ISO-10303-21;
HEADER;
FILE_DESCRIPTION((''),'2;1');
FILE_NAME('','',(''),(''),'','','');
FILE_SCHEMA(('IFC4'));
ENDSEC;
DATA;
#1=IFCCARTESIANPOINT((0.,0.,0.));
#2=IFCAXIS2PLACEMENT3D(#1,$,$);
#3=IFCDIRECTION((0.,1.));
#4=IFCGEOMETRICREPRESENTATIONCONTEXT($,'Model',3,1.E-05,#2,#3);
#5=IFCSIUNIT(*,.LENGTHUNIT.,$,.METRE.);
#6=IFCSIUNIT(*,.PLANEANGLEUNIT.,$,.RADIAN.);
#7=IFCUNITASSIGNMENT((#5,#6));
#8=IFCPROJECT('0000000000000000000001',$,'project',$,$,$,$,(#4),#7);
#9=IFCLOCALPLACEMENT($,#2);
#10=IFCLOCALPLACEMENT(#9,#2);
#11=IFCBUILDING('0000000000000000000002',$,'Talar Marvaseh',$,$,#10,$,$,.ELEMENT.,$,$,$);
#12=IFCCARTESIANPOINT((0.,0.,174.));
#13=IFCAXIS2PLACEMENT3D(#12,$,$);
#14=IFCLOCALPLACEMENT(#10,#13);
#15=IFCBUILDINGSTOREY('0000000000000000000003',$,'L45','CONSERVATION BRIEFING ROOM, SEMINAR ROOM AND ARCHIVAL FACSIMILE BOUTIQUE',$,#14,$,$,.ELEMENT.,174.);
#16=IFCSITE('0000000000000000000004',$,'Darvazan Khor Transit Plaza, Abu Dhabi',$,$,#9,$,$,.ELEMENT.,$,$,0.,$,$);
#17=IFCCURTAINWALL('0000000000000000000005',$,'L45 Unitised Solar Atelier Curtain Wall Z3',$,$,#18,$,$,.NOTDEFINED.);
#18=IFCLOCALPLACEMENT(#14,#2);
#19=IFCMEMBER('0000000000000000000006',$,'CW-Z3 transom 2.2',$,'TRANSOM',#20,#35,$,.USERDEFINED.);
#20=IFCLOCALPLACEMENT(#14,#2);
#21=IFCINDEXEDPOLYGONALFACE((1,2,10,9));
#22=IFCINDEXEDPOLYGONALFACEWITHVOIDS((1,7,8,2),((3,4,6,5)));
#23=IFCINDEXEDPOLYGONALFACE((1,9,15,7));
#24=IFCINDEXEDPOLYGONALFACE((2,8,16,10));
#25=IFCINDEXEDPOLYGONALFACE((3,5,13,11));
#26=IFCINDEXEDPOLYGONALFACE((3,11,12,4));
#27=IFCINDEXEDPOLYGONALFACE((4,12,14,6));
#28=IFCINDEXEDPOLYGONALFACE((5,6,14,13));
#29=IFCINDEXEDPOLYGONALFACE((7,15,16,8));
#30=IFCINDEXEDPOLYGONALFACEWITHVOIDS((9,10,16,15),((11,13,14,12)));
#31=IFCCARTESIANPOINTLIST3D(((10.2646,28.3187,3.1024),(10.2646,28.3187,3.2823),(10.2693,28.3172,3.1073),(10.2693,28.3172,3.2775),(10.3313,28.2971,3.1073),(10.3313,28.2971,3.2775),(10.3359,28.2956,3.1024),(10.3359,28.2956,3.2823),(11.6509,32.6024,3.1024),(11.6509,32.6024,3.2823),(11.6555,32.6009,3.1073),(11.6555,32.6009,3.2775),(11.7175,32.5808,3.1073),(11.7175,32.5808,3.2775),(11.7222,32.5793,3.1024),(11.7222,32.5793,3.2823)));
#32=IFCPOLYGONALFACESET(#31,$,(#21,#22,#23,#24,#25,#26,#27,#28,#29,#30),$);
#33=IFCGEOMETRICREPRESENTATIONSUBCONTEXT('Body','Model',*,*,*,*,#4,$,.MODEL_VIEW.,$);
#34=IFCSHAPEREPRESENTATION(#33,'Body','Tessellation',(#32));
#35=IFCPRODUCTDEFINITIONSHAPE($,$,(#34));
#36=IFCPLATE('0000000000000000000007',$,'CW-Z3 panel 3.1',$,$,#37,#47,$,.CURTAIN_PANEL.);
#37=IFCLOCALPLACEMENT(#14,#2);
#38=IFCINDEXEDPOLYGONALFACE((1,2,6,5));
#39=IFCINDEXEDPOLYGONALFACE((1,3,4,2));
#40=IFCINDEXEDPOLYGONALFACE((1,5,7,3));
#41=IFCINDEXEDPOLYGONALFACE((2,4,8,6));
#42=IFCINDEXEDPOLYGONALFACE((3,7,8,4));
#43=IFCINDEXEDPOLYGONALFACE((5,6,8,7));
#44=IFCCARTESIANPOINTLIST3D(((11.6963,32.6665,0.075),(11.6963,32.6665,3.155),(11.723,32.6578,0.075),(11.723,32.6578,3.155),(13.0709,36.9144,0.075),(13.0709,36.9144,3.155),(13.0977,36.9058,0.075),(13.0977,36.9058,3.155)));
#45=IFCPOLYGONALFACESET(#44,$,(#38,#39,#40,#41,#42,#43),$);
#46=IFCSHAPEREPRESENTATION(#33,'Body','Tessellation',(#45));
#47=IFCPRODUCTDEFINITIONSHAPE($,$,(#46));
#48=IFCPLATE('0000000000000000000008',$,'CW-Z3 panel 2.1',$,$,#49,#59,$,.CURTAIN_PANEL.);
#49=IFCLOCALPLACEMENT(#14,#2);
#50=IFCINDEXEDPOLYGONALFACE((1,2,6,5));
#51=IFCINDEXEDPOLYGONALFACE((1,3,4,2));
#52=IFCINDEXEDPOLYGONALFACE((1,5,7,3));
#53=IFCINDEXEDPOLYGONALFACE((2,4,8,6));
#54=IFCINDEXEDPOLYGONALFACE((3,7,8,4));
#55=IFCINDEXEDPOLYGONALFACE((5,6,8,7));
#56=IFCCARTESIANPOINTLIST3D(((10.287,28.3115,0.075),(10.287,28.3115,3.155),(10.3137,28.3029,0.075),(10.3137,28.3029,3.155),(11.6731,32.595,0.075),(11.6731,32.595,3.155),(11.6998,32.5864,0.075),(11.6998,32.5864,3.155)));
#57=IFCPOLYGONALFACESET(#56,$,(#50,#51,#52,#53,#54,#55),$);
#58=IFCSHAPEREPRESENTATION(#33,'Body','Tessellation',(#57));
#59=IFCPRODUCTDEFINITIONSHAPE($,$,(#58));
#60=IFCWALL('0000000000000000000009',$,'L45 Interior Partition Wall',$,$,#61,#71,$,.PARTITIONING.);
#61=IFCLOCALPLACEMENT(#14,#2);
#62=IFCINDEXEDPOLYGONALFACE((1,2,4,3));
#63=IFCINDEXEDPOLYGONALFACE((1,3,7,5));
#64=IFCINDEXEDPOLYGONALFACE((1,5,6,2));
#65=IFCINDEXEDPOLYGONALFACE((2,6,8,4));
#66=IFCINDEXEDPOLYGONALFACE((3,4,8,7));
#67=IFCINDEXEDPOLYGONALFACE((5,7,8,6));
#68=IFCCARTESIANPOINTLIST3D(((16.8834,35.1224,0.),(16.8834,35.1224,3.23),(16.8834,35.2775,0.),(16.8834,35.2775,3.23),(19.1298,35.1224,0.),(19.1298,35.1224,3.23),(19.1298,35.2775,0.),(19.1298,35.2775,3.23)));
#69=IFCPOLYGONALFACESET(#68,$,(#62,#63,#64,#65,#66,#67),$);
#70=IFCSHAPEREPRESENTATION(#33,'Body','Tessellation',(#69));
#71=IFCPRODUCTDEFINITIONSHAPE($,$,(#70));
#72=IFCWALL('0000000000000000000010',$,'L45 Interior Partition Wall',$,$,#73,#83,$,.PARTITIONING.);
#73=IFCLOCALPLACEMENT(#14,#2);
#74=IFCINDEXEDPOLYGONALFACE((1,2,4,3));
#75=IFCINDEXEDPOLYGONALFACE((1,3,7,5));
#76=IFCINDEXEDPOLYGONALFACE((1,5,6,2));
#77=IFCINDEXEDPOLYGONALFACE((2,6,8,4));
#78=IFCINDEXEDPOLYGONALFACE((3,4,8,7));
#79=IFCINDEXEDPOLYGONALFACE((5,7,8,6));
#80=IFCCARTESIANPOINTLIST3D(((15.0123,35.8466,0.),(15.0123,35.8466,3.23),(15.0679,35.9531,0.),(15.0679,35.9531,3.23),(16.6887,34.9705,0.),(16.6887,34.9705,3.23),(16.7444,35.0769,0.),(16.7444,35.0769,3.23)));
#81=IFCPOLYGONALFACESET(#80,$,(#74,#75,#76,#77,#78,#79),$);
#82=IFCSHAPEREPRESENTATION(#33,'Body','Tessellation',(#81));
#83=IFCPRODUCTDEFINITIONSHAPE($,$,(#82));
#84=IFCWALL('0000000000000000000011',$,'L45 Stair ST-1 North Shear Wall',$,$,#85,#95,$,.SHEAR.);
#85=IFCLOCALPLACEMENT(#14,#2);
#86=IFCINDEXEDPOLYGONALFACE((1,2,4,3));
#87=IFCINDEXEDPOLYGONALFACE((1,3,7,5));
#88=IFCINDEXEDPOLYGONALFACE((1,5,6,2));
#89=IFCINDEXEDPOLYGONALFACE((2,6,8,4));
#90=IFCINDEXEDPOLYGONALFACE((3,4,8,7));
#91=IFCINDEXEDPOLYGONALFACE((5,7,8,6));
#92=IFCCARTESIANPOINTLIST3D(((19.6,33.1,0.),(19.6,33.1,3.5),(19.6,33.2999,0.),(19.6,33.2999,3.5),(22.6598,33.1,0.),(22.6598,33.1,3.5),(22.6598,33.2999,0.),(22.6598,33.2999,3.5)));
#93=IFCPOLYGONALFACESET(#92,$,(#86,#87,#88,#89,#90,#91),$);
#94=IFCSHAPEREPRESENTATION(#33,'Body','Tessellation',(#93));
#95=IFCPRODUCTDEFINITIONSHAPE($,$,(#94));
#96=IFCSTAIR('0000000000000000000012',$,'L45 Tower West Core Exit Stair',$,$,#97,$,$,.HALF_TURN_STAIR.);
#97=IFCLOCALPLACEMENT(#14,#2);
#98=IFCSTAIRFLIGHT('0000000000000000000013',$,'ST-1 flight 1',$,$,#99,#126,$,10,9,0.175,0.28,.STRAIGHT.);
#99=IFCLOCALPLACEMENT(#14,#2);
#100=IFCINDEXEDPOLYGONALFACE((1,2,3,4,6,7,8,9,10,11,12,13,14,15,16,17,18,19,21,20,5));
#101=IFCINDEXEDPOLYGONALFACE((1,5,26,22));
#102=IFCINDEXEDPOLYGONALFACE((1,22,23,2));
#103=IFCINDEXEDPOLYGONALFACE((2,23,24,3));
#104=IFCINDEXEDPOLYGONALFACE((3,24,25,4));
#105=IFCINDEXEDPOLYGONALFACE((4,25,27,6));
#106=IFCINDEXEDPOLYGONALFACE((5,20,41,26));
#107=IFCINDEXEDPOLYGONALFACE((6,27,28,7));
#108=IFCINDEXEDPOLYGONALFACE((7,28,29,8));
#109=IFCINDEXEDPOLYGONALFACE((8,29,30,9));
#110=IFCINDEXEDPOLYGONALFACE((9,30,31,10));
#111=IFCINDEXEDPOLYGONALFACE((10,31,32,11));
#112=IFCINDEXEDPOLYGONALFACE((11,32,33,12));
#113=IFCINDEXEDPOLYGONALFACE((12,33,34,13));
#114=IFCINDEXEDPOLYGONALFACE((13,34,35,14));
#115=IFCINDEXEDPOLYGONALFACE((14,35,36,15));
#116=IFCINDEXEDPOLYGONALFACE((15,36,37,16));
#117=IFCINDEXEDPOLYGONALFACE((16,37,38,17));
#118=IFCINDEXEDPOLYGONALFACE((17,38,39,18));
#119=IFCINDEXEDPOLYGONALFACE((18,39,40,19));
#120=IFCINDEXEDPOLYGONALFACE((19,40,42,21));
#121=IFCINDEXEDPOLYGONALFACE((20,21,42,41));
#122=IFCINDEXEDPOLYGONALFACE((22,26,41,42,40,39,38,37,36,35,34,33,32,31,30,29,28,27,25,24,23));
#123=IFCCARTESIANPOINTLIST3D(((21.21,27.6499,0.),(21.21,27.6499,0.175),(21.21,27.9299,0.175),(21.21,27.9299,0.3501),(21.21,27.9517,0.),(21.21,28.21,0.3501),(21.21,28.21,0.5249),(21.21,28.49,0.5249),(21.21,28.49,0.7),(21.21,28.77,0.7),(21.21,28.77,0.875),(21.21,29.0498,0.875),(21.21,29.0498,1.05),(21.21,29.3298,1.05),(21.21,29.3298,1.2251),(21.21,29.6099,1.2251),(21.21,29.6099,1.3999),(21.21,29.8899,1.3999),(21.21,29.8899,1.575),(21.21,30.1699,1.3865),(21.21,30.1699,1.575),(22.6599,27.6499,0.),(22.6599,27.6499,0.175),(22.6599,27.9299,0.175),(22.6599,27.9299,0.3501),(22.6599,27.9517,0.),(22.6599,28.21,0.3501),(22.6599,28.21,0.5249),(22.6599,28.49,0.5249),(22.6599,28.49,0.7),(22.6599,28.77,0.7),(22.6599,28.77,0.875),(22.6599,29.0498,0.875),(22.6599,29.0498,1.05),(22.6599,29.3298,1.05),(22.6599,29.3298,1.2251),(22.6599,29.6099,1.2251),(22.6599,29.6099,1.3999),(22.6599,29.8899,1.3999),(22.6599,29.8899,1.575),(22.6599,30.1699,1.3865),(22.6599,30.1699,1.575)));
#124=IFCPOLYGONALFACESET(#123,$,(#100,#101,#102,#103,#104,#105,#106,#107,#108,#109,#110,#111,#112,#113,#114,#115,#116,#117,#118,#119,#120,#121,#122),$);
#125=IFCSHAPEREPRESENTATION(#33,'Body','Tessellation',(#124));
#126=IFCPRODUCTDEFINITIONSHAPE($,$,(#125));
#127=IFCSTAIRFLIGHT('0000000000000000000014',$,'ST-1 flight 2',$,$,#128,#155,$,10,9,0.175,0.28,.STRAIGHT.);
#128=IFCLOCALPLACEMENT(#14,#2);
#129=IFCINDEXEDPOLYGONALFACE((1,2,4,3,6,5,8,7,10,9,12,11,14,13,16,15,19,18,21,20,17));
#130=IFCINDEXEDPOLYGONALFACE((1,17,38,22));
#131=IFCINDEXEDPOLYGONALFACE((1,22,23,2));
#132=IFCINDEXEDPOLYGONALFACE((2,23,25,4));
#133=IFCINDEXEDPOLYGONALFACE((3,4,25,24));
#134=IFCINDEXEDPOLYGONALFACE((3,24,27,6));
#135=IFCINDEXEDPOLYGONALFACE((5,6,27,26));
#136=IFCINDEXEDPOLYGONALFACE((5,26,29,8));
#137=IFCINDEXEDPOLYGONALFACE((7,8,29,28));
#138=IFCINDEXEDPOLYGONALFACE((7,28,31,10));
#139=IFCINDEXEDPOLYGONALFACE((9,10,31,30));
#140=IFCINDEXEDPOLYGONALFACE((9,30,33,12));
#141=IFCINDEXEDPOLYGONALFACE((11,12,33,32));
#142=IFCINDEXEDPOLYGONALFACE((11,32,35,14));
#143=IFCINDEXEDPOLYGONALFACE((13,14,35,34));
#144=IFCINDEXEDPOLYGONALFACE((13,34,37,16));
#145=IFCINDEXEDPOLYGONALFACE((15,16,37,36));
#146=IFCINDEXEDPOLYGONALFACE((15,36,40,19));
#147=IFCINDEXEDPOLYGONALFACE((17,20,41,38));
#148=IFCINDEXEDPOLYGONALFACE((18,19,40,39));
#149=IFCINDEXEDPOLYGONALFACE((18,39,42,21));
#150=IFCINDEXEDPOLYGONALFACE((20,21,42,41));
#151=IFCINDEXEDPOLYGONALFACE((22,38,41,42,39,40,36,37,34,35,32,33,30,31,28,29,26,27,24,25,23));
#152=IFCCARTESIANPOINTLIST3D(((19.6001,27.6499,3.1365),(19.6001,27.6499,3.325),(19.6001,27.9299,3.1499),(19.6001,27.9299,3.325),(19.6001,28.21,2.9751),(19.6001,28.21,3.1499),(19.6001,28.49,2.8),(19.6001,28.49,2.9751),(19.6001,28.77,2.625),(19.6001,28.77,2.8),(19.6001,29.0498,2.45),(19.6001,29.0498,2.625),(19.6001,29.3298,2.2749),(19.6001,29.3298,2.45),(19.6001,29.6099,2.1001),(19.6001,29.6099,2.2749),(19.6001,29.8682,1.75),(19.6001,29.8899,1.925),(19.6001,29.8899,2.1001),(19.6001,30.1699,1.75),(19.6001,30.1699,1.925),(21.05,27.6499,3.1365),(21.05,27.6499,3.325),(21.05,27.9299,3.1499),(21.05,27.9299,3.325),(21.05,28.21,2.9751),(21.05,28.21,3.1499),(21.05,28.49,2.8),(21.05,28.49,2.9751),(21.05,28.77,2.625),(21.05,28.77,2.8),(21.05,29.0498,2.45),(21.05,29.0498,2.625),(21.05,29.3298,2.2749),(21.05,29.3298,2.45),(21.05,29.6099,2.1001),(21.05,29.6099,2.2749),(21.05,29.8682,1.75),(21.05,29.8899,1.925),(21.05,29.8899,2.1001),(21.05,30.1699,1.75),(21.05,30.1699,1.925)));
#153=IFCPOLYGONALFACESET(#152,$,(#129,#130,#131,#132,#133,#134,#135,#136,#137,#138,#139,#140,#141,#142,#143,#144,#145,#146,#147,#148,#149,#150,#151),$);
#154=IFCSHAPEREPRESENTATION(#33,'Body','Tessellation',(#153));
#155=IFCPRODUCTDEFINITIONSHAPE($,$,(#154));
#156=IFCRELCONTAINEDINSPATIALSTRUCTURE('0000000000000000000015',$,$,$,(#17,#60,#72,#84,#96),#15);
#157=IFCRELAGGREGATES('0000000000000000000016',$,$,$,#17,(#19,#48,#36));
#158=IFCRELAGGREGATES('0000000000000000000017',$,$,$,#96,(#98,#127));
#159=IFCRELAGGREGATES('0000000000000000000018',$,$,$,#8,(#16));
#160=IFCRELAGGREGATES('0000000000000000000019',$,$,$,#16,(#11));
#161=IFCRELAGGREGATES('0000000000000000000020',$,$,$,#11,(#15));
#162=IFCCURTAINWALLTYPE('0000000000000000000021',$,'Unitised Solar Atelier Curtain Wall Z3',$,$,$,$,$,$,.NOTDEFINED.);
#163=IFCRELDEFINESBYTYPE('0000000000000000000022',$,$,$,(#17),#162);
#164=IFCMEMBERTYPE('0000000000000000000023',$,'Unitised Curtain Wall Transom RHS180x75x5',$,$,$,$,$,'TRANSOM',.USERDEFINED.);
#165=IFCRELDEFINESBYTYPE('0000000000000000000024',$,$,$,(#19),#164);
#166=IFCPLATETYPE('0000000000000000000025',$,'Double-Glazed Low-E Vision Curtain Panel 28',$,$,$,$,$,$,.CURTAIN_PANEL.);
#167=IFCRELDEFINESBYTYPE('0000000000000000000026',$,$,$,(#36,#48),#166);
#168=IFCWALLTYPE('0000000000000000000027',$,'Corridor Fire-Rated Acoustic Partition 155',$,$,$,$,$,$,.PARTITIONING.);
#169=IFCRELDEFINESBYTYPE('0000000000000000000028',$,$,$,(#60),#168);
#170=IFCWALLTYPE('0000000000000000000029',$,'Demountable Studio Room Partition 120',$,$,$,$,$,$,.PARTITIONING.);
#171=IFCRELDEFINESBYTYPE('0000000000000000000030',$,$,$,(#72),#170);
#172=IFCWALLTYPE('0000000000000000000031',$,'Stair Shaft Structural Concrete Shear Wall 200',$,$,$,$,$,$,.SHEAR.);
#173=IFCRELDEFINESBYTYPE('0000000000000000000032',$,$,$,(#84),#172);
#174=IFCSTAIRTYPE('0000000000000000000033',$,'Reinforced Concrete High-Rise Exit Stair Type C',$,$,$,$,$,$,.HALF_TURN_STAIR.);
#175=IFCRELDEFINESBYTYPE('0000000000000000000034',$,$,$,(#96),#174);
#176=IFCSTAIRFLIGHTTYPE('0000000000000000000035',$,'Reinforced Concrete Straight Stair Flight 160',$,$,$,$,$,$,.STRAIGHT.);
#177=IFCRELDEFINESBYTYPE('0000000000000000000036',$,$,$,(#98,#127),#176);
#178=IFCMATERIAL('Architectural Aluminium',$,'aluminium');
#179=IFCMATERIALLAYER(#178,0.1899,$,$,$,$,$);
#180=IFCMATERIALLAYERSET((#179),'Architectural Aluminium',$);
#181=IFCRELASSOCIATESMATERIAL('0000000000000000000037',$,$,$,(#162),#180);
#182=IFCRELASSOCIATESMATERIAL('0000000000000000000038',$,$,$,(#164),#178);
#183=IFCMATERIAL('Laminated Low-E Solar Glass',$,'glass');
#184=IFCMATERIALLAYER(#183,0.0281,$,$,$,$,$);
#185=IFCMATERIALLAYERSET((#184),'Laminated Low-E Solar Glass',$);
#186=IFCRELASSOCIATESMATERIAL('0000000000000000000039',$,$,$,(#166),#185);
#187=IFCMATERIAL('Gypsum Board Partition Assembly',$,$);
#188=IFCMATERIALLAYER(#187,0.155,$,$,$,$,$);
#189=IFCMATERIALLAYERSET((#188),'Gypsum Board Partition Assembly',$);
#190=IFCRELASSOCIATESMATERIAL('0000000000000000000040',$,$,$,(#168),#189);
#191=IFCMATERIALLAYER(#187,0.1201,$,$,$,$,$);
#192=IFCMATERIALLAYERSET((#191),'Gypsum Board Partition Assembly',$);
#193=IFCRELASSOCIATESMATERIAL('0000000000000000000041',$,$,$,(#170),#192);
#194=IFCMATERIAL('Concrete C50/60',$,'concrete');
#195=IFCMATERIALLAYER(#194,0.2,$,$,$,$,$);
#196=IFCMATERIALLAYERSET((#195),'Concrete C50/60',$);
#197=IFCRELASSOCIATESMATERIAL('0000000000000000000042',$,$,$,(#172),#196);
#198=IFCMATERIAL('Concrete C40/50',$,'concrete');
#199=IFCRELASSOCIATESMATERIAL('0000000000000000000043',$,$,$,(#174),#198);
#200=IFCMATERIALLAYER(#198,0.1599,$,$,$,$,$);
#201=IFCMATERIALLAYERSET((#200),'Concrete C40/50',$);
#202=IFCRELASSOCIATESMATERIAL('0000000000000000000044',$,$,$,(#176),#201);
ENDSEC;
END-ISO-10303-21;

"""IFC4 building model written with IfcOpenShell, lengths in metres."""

from ifc_helpers import new_model, si_unit, direction, frame, frame_2d, origin, origin_2d, place, context, subcontext, project, spatial, polyline, rectangle, hollow_rectangle, outline, extrude, source, transform, mapped, material, layer, layer_set, material_profile, profile_set, type_object, type_shapes, element, aggregate, save


model = new_model("IFC4")

# Units and contexts
model_context = context("Model", 3, precision=1e-05, world=origin(), true_north=direction((0.0, 1.0)))
body_context = subcontext(model_context, "Body", "Model", "MODEL_VIEW")
ifc_project = project(units=[si_unit("LENGTHUNIT", "METRE"), si_unit("PLANEANGLEUNIT", "RADIAN")], contexts=[model_context])

# Site, building, storey
site_placement = place(None, origin())
site = spatial("IfcSite", under=ifc_project, at=site_placement, Name="Darvazan Khor Transit Plaza, Abu Dhabi", CompositionType="ELEMENT", RefElevation=0.0)
building_placement = place(site_placement, origin())
building = spatial("IfcBuilding", under=site, at=building_placement, Name="Talar Marvaseh", CompositionType="ELEMENT")
storey_placement = place(building_placement, frame((0.0, 0.0, 174.0)))
storey = spatial("IfcBuildingStorey", under=building, at=storey_placement, Name="L45", Description="CONSERVATION BRIEFING ROOM, SEMINAR ROOM AND ARCHIVAL FACSIMILE BOUTIQUE", CompositionType="ELEMENT", Elevation=174.0)

# Curtain wall, member, plates
ifc_material_1 = material(Name="Architectural Aluminium", Category="aluminium")
ifc_layer_1 = layer(ifc_material_1, 0.1899)
ifc_layer_set_1 = layer_set([ifc_layer_1], Name="Architectural Aluminium")
curtain_wall_type = type_object("IfcCurtainWallType", Name="Unitised Solar Atelier Curtain Wall Z3", PredefinedType="NOTDEFINED", material=ifc_layer_set_1)
curtain_wall_placement = place(storey_placement, origin())
curtain_wall = element("IfcCurtainWall", 1, at=curtain_wall_placement, inside=storey, type_object=curtain_wall_type, Name="L45 Unitised Solar Atelier Curtain Wall Z3", PredefinedType="NOTDEFINED")
ifc_material_profile_1 = material_profile(ifc_material_1, hollow_rectangle(XDim=0.075, YDim=0.1799, WallThickness=0.0049, at=origin_2d()), Name="RHS180x75x5")
ifc_profile_set_1 = profile_set([ifc_material_profile_1], Name="Architectural Aluminium")
member_type_1 = type_object("IfcMemberType", Name="Unitised Curtain Wall Transom RHS180x75x5", ElementType="TRANSOM", PredefinedType="USERDEFINED", material=ifc_profile_set_1)
shared_shape_1 = source(origin(), body_context, "Body", "SweptSolid", [
    extrude(hollow_rectangle(XDim=0.075, YDim=0.1799, WallThickness=0.0049, at=origin_2d()), origin(), (0.0, 0.0, 1.0), 4.5024),
])
member_1_placement = place(storey_placement, frame((10.3003, 28.3071, 3.1924), z_axis=(0.307887, 0.951423, 0.0), x_axis=(-0.951423, 0.307887, 0.0)))
member_1 = element("IfcMember", 2, at=member_1_placement, type_object=member_type_1, Name="CW-Z3 transom 2.2", ObjectType="TRANSOM", PredefinedType="USERDEFINED", context=body_context, shape_type="MappedRepresentation", body=[
    mapped(shared_shape_1, transform((0.0, 0.0, 0.0), x_axis=(1.0, 0.0, 0.0), y_axis=(0.0, 1.0, 0.0), z_axis=(0.0, 0.0, 1.0), scale=1.0)),
])
ifc_material_2 = material(Name="Laminated Low-E Solar Glass", Category="glass")
ifc_layer_2 = layer(ifc_material_2, 0.0281)
ifc_layer_set_2 = layer_set([ifc_layer_2], Name="Laminated Low-E Solar Glass")
plate_type = type_object("IfcPlateType", Name="Double-Glazed Low-E Vision Curtain Panel 28", PredefinedType="CURTAIN_PANEL", material=ifc_layer_set_2)
shared_shape_2 = source(origin(), body_context, "Body", "SweptSolid", [
    extrude(rectangle(XDim=4.4648, YDim=0.0281, at=origin_2d()), origin(), (0.0, 0.0, 1.0), 3.0801),
])
plate_1_placement = place(storey_placement, frame((12.397, 34.7861, 0.075), z_axis=(0.0, 0.0, 1.0), x_axis=(0.307885, 0.951424, 0.0)))
plate_1 = element("IfcPlate", 3, at=plate_1_placement, type_object=plate_type, Name="CW-Z3 panel 3.1", PredefinedType="CURTAIN_PANEL", context=body_context, shape_type="MappedRepresentation", body=[
    mapped(shared_shape_2, transform((0.0, 0.0, 0.0), x_axis=(1.0, 0.0, 0.0), y_axis=(0.0, 1.0, 0.0), z_axis=(0.0, 0.0, 1.0), scale=1.0)),
])
shared_shape_3 = source(origin(), body_context, "Body", "SweptSolid", [
    extrude(rectangle(XDim=4.5022, YDim=0.0281, at=origin_2d()), origin(), (0.0, 0.0, 1.0), 3.0801),
])
type_shapes(plate_type, [shared_shape_2, shared_shape_3])
plate_2_placement = place(storey_placement, frame((10.9934, 30.449, 0.075), z_axis=(0.0, 0.0, 1.0), x_axis=(0.307885, 0.951424, 0.0)))
plate_2 = element("IfcPlate", 4, at=plate_2_placement, type_object=plate_type, Name="CW-Z3 panel 2.1", PredefinedType="CURTAIN_PANEL", context=body_context, shape_type="MappedRepresentation", body=[
    mapped(shared_shape_3, transform((0.0, 0.0, 0.0), x_axis=(1.0, 0.0, 0.0), y_axis=(0.0, 1.0, 0.0), z_axis=(0.0, 0.0, 1.0), scale=1.0)),
])
aggregate(curtain_wall, [member_1, plate_2, plate_1])

# Walls
ifc_material_3 = material(Name="Gypsum Board Partition Assembly")
ifc_layer_3 = layer(ifc_material_3, 0.155)
ifc_layer_set_3 = layer_set([ifc_layer_3], Name="Gypsum Board Partition Assembly")
wall_type_1 = type_object("IfcWallType", Name="Corridor Fire-Rated Acoustic Partition 155", PredefinedType="PARTITIONING", material=ifc_layer_set_3)
wall_1_placement = place(storey_placement, frame((16.8835, 35.2, 0.0), z_axis=(0.0, 0.0, 1.0), x_axis=(1.0, 0.0, 0.0)))
element("IfcWall", 5, at=wall_1_placement, inside=storey, type_object=wall_type_1, Name="L45 Interior Partition Wall", PredefinedType="PARTITIONING", context=body_context, shape_type="SweptSolid", body=[
    extrude(rectangle(XDim=2.2463, YDim=0.155, at=frame_2d((1.123, 0.0))), origin(), (0.0, 0.0, 1.0), 3.23),
])
ifc_layer_4 = layer(ifc_material_3, 0.1201)
ifc_layer_set_4 = layer_set([ifc_layer_4], Name="Gypsum Board Partition Assembly")
wall_type_2 = type_object("IfcWallType", Name="Demountable Studio Room Partition 120", PredefinedType="PARTITIONING", material=ifc_layer_set_4)
wall_2_placement = place(storey_placement, frame((16.7166, 35.0237, 0.0), z_axis=(0.0, 0.0, 1.0), x_axis=(-0.886256, 0.463197, 0.0)))
element("IfcWall", 6, at=wall_2_placement, inside=storey, type_object=wall_type_2, Name="L45 Interior Partition Wall", PredefinedType="PARTITIONING", context=body_context, shape_type="SweptSolid", body=[
    extrude(rectangle(XDim=1.8916, YDim=0.1201, at=frame_2d((0.9458, 0.0))), origin(), (0.0, 0.0, 1.0), 3.23),
])
ifc_material_4 = material(Name="Concrete C50/60", Category="concrete")
ifc_layer_5 = layer(ifc_material_4, 0.2)
ifc_layer_set_5 = layer_set([ifc_layer_5], Name="Concrete C50/60")
wall_type_3 = type_object("IfcWallType", Name="Stair Shaft Structural Concrete Shear Wall 200", PredefinedType="SHEAR", material=ifc_layer_set_5)
wall_3_placement = place(storey_placement, frame((19.6001, 33.2, 0.0), z_axis=(0.0, 0.0, 1.0), x_axis=(1.0, 0.0, 0.0)))
element("IfcWall", 7, at=wall_3_placement, inside=storey, type_object=wall_type_3, Name="L45 Stair ST-1 North Shear Wall", PredefinedType="SHEAR", context=body_context, shape_type="SweptSolid", body=[
    extrude(rectangle(XDim=3.0598, YDim=0.2, at=frame_2d((1.5298, 0.0))), origin(), (0.0, 0.0, 1.0), 3.5),
])

# Stair, stair flights
ifc_material_5 = material(Name="Concrete C40/50", Category="concrete")
stair_type = type_object("IfcStairType", Name="Reinforced Concrete High-Rise Exit Stair Type C", PredefinedType="HALF_TURN_STAIR", material=ifc_material_5)
stair_placement = place(storey_placement, origin())
stair = element("IfcStair", 8, at=stair_placement, inside=storey, type_object=stair_type, Name="L45 Tower West Core Exit Stair", PredefinedType="HALF_TURN_STAIR")
ifc_layer_6 = layer(ifc_material_5, 0.1599)
ifc_layer_set_6 = layer_set([ifc_layer_6], Name="Concrete C40/50")
stair_flight_type = type_object("IfcStairFlightType", Name="Reinforced Concrete Straight Stair Flight 160", PredefinedType="STRAIGHT", material=ifc_layer_set_6)
stair_flight_1_placement = place(storey_placement, frame((21.9351, 27.6499, 0.0), z_axis=(0.0, 0.0, 1.0), x_axis=(0.0, 1.0, 0.0)))
stair_flight_1 = element("IfcStairFlight", 9, at=stair_flight_1_placement, type_object=stair_flight_type, Name="ST-1 flight 1", NumberOfRisers=10, NumberOfTreads=9, PredefinedType="STRAIGHT", RiserHeight=0.175, TreadLength=0.28, context=body_context, shape_type="SweptSolid", body=[
    extrude(outline(polyline([(0.0, 0.0), (0.0, 0.175), (0.28, 0.175), (0.28, 0.3501), (0.5601, 0.3501), (0.5601, 0.5249), (0.8401, 0.5249), (0.8401, 0.7), (1.1201, 0.7), (1.1201, 0.875), (1.3999, 0.875), (1.3999, 1.05), (1.6799, 1.05), (1.6799, 1.2251), (1.96, 1.2251), (1.96, 1.3999), (2.24, 1.3999), (2.24, 1.575), (2.52, 1.575), (2.52, 1.75), (2.52, 1.3865), (0.3018, 0.0), (0.0, 0.0)])), frame((0.0, 0.7251, 0.0), z_axis=(0.0, -1.0, 0.0), x_axis=(1.0, 0.0, 0.0)), (0.0, 0.0, 1.0), 1.45),
])
stair_flight_2_placement = place(storey_placement, frame((20.325, 30.1699, 1.75), z_axis=(0.0, 0.0, 1.0), x_axis=(0.0, -1.0, 0.0)))
stair_flight_2 = element("IfcStairFlight", 10, at=stair_flight_2_placement, type_object=stair_flight_type, Name="ST-1 flight 2", NumberOfRisers=10, NumberOfTreads=9, PredefinedType="STRAIGHT", RiserHeight=0.175, TreadLength=0.28, context=body_context, shape_type="SweptSolid", body=[
    extrude(outline(polyline([(0.0, 0.0), (0.0, 0.175), (0.28, 0.175), (0.28, 0.3501), (0.5601, 0.3501), (0.5601, 0.5249), (0.8401, 0.5249), (0.8401, 0.7), (1.1201, 0.7), (1.1201, 0.875), (1.3999, 0.875), (1.3999, 1.05), (1.6799, 1.05), (1.6799, 1.2251), (1.96, 1.2251), (1.96, 1.3999), (2.24, 1.3999), (2.24, 1.575), (2.52, 1.575), (2.52, 1.75), (2.52, 1.3865), (0.3018, 0.0), (0.0, 0.0)])), frame((0.0, 0.7251, 0.0), z_axis=(0.0, -1.0, 0.0), x_axis=(1.0, 0.0, 0.0)), (0.0, 0.0, 1.0), 1.45),
])
aggregate(stair, [stair_flight_1, stair_flight_2])

save(model, "model.ifc")
